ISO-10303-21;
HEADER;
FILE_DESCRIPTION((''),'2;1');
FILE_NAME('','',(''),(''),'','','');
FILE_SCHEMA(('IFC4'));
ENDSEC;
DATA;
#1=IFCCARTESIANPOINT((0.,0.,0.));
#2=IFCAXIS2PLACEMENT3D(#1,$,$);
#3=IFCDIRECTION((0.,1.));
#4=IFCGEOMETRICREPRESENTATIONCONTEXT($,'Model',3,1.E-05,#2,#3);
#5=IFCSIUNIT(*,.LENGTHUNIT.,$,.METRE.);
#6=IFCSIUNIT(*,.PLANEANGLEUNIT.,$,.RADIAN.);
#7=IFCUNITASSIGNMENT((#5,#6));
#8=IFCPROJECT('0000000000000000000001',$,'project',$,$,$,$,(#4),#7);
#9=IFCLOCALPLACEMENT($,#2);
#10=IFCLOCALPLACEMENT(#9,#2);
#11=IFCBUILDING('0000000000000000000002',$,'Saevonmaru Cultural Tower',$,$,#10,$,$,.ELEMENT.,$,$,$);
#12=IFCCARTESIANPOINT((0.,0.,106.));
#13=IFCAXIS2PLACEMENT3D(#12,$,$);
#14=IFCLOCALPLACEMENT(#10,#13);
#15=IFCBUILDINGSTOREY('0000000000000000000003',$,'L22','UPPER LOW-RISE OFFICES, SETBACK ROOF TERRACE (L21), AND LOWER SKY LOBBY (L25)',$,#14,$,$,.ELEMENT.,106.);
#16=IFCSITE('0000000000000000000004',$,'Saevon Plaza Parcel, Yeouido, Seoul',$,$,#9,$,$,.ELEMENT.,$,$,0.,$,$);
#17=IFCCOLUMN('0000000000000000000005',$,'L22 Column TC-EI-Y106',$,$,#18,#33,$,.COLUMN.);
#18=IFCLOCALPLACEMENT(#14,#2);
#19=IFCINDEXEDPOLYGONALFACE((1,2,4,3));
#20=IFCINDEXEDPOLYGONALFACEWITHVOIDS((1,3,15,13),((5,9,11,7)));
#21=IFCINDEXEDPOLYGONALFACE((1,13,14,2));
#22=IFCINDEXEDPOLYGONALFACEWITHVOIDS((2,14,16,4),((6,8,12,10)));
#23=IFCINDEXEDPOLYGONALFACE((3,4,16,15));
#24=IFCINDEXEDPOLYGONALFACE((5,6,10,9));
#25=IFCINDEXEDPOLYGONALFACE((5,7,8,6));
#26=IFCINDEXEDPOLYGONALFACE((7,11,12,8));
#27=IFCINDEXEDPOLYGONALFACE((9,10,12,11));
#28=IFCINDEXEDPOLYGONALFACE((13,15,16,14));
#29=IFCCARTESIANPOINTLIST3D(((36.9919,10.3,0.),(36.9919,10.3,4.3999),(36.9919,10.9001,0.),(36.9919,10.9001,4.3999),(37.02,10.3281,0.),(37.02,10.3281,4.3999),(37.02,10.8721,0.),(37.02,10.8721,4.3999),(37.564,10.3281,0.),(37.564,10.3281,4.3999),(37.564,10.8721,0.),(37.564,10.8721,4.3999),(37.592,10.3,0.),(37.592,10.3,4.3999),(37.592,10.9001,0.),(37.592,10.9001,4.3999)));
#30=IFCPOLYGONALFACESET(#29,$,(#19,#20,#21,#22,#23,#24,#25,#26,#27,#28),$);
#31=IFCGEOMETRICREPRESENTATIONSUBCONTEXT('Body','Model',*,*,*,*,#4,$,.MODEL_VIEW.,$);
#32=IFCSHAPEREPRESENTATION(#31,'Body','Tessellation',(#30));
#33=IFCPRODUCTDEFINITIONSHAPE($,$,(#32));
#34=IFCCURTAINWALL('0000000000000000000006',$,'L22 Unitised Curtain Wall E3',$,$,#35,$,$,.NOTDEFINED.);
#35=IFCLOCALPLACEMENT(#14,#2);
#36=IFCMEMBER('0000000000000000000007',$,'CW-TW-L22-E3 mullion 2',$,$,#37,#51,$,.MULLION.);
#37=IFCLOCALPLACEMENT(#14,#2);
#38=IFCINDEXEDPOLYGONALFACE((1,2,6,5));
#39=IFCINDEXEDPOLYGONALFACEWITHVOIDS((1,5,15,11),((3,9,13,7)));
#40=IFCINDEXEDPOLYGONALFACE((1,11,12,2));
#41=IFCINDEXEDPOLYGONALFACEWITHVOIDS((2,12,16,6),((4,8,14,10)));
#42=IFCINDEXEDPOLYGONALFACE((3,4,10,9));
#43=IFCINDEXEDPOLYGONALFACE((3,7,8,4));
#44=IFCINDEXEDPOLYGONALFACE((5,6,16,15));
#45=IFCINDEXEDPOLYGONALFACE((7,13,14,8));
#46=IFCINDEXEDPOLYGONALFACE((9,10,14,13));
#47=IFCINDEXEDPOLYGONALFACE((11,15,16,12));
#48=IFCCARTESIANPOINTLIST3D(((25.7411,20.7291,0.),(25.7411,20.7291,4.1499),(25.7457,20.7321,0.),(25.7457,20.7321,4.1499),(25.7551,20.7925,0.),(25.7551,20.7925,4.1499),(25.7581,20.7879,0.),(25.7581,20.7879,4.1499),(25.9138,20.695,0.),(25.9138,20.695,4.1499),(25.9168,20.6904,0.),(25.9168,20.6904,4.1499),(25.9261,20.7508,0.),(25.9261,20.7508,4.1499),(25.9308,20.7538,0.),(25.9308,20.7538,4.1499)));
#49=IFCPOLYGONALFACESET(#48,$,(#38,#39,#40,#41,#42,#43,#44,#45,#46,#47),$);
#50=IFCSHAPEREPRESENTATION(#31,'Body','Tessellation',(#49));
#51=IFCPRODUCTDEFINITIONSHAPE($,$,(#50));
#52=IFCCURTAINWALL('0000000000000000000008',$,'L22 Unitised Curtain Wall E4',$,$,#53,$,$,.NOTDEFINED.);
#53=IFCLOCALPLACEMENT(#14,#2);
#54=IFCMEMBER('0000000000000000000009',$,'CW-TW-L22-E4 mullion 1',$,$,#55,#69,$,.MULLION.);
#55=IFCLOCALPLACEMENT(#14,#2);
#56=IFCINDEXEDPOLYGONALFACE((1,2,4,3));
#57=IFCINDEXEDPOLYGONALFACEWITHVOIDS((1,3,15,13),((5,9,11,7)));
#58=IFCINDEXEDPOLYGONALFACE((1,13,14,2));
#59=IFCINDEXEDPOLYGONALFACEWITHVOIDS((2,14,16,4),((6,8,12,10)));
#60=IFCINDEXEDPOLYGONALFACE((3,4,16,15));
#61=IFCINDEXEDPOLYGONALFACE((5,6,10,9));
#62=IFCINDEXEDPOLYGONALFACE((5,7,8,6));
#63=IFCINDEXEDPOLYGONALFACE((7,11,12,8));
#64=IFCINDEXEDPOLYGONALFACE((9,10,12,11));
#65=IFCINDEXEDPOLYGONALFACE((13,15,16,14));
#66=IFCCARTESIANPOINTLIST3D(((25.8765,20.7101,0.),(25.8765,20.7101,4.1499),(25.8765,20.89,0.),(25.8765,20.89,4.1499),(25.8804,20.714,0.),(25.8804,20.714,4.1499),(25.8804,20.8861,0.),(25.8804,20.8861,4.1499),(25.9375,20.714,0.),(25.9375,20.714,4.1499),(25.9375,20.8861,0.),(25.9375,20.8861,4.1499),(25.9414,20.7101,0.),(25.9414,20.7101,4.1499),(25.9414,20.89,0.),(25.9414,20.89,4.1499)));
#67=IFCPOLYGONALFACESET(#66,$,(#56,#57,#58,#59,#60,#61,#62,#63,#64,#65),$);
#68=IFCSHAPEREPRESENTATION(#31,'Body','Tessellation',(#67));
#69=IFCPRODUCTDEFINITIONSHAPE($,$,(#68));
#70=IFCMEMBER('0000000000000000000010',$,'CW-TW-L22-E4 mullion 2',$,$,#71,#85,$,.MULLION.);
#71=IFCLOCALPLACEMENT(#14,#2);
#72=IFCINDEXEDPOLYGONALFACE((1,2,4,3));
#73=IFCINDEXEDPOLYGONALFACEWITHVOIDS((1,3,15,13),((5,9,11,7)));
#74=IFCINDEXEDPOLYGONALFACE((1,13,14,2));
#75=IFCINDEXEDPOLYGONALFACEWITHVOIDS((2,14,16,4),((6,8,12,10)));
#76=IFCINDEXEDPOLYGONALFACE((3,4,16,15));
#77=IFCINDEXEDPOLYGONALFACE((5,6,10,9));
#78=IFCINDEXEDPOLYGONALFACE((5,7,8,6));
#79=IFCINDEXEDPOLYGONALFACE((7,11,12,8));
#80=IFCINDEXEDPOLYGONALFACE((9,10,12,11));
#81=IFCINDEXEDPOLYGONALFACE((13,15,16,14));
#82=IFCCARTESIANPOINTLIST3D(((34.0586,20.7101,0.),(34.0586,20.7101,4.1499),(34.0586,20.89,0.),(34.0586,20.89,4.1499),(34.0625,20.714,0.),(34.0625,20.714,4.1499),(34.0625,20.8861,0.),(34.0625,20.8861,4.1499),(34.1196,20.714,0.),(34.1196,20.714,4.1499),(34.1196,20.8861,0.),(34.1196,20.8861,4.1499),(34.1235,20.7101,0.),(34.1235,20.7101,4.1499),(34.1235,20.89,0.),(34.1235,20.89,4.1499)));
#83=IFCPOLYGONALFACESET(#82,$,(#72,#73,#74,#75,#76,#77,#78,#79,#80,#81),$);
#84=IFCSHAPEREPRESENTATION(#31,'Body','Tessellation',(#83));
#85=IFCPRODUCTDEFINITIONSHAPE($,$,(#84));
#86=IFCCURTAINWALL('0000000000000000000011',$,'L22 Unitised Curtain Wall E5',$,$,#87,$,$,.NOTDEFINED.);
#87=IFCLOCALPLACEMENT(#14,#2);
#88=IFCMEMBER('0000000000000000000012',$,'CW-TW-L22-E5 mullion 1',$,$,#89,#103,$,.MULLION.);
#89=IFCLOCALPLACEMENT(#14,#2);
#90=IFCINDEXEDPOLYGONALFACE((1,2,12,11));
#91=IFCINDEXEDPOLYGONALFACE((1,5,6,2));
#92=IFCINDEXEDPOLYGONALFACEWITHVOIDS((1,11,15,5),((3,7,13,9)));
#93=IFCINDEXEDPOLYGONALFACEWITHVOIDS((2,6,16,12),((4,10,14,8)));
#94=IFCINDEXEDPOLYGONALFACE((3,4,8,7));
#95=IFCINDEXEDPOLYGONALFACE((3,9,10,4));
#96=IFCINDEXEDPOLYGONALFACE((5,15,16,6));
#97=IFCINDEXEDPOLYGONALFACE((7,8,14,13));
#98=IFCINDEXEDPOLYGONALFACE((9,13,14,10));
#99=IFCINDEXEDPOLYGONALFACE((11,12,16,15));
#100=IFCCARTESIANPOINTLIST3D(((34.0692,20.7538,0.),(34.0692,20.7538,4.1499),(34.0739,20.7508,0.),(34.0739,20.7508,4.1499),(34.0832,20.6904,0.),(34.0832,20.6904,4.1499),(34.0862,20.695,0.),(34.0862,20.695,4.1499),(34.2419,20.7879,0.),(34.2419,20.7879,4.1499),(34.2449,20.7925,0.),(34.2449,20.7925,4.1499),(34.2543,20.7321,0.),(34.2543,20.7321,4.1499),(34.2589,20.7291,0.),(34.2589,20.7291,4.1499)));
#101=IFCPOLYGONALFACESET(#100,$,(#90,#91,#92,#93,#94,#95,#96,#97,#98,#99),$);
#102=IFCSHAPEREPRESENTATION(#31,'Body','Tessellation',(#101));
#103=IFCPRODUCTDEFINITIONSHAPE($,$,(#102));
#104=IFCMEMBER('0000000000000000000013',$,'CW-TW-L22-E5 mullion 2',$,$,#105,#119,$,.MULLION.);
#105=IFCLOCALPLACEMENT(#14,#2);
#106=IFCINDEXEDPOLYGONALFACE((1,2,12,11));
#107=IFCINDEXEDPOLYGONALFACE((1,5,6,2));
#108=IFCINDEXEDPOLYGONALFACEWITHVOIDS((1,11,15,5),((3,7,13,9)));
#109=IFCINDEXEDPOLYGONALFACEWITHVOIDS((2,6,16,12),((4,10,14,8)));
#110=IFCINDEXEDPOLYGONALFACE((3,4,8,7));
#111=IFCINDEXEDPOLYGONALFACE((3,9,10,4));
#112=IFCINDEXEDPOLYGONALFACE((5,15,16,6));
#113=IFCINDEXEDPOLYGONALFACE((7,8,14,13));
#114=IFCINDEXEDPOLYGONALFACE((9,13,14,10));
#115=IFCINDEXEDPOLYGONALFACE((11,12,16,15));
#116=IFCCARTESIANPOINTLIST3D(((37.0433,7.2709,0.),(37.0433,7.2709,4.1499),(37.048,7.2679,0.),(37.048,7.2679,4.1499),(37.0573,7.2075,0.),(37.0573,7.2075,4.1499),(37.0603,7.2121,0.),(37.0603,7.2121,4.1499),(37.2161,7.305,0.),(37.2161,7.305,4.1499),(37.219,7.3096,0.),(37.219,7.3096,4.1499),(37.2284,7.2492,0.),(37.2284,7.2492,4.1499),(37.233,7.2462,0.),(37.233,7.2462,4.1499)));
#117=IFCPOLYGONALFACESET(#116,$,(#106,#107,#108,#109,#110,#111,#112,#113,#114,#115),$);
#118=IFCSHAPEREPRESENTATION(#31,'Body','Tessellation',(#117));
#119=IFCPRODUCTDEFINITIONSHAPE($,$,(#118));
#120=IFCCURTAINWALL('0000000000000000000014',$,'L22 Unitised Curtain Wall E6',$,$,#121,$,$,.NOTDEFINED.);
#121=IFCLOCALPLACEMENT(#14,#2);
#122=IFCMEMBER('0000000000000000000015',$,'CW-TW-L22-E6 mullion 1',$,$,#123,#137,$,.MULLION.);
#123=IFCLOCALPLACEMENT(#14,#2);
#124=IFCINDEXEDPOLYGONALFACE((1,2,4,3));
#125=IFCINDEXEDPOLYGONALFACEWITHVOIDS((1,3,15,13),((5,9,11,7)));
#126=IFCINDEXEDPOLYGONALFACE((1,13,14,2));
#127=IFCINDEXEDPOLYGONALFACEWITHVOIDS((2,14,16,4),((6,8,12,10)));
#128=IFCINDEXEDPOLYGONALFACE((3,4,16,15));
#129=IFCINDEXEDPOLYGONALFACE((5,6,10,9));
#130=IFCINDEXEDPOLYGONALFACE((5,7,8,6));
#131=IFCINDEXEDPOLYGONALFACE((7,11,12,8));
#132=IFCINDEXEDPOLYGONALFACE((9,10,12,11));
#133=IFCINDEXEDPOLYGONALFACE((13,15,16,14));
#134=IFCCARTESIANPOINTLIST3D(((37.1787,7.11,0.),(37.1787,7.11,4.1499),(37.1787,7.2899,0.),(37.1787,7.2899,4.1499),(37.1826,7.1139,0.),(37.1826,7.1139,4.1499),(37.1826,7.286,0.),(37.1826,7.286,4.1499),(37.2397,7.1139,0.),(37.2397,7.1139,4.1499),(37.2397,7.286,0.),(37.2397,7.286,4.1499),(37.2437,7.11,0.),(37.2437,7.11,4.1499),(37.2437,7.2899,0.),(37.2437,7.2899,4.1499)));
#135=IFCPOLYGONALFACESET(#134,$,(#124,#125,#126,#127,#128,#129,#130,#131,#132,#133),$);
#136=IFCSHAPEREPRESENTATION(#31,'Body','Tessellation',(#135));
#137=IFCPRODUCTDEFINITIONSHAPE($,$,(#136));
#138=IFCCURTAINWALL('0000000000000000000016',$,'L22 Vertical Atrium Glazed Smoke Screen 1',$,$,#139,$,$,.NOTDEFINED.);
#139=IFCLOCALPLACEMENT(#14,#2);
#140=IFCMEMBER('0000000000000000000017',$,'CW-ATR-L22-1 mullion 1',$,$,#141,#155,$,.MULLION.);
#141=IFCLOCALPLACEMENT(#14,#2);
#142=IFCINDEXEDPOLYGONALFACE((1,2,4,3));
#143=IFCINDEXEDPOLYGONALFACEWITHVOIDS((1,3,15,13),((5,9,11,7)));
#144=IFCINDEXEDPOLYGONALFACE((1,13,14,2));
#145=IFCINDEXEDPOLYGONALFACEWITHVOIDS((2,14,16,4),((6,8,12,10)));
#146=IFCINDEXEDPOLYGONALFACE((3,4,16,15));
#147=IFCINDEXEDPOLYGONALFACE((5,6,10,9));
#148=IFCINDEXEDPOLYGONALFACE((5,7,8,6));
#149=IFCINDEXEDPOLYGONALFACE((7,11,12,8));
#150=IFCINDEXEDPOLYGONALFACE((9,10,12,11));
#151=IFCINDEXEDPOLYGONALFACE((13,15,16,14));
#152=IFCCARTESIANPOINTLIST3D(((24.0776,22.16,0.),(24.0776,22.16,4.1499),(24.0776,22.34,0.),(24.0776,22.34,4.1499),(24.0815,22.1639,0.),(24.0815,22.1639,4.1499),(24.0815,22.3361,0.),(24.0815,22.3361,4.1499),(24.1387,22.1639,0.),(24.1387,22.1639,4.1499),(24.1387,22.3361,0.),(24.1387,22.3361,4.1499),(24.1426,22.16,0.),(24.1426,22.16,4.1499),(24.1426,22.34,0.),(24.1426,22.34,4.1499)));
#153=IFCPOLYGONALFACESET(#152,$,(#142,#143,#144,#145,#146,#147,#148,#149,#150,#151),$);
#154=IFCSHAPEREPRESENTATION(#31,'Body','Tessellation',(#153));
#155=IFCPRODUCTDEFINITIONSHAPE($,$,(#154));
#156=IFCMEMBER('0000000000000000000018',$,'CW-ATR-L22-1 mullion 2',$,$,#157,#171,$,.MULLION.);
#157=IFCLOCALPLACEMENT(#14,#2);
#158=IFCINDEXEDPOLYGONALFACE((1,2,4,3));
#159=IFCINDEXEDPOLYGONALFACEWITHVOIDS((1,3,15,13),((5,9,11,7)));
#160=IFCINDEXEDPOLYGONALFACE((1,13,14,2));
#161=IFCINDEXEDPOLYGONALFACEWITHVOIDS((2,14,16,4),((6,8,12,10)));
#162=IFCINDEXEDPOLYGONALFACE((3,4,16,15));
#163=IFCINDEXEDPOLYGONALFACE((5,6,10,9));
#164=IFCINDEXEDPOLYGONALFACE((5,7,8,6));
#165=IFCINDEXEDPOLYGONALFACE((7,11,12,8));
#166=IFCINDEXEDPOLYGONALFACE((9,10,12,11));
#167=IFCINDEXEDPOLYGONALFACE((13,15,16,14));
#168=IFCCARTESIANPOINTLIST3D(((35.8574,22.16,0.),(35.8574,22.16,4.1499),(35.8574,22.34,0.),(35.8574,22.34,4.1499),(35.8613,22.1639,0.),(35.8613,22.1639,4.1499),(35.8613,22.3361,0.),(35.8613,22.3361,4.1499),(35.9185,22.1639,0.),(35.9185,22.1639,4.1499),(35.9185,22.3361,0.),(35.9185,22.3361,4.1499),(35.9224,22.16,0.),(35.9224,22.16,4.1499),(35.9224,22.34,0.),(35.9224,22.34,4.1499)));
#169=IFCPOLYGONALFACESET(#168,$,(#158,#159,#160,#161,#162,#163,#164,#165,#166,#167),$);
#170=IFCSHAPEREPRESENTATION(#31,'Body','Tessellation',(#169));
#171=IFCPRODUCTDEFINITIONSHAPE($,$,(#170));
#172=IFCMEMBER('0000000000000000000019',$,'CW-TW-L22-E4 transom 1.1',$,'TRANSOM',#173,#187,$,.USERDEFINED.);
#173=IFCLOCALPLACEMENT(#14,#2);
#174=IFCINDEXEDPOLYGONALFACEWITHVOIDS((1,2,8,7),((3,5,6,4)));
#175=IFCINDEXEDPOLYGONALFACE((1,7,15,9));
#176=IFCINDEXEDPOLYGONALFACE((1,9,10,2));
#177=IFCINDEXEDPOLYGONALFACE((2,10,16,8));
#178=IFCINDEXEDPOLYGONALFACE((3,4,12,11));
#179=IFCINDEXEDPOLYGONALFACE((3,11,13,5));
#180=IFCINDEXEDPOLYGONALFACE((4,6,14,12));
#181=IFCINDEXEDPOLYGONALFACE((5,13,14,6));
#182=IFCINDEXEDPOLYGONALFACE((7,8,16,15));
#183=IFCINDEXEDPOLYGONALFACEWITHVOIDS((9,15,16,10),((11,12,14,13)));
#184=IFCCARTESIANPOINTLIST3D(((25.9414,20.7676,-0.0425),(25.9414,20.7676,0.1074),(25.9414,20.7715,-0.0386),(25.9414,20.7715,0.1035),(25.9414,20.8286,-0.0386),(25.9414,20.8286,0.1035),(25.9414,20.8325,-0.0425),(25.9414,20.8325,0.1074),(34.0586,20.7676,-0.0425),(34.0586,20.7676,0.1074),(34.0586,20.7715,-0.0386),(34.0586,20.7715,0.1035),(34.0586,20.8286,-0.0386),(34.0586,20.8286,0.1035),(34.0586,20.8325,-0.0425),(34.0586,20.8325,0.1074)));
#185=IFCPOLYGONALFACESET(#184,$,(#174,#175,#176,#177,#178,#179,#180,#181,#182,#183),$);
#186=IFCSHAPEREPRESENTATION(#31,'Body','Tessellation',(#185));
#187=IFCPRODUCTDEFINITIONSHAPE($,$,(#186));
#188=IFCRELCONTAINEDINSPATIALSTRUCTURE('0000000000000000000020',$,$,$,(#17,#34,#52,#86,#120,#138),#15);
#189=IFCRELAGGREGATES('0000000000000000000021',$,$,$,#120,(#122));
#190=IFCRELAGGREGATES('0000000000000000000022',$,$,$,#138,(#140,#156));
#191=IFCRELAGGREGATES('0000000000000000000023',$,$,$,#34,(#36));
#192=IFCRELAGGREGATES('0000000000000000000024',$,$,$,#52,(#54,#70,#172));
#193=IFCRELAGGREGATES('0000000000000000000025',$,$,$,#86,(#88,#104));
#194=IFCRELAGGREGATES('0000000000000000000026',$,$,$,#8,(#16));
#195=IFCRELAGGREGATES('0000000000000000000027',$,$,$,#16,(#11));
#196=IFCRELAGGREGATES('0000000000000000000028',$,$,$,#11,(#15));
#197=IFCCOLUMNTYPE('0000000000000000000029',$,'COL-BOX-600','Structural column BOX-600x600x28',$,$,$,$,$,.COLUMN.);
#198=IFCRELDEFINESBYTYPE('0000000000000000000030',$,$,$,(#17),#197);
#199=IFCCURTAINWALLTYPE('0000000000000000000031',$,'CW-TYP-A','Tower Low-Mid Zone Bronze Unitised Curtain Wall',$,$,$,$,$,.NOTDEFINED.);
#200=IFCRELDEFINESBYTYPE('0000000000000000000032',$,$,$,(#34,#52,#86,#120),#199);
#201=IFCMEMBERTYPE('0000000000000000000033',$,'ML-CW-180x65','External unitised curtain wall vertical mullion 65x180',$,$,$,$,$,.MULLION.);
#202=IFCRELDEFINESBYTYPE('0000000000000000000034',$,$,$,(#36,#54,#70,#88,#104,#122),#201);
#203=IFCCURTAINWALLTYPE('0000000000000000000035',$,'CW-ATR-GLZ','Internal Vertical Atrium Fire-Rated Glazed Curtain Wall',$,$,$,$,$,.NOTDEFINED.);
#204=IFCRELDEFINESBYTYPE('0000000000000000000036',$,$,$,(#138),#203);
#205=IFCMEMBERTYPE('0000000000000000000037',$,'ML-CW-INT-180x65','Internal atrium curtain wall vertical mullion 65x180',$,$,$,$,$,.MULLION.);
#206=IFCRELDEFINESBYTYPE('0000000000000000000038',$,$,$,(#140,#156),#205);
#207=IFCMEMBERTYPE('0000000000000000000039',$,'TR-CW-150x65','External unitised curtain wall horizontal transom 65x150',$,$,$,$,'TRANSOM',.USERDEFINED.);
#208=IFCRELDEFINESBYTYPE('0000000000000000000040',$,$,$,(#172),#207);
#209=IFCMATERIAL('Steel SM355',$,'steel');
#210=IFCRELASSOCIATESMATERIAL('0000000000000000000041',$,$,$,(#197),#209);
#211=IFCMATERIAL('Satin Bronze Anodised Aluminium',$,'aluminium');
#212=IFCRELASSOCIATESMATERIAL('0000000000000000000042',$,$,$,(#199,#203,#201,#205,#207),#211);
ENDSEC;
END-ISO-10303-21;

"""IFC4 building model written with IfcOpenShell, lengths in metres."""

from ifc_helpers import new_model, si_unit, direction, frame, origin, origin_2d, place, context, subcontext, project, spatial, hollow_rectangle, extrude, material, material_profile, profile_set, type_object, element, aggregate, save


model = new_model("IFC4")

# Units and contexts
model_context = context("Model", 3, precision=1e-05, world=origin(), true_north=direction((0.0, 1.0)))
body_context = subcontext(model_context, "Body", "Model", "MODEL_VIEW")
ifc_project = project(units=[si_unit("LENGTHUNIT", "METRE"), si_unit("PLANEANGLEUNIT", "RADIAN")], contexts=[model_context])

# Site, building, storey
site_placement = place(None, origin())
site = spatial("IfcSite", under=ifc_project, at=site_placement, Name="Saevon Plaza Parcel, Yeouido, Seoul", CompositionType="ELEMENT", RefElevation=0.0)
building_placement = place(site_placement, origin())
building = spatial("IfcBuilding", under=site, at=building_placement, Name="Saevonmaru Cultural Tower", CompositionType="ELEMENT")
storey_placement = place(building_placement, frame((0.0, 0.0, 106.0)))
storey = spatial("IfcBuildingStorey", under=building, at=storey_placement, Name="L22", Description="UPPER LOW-RISE OFFICES, SETBACK ROOF TERRACE (L21), AND LOWER SKY LOBBY (L25)", CompositionType="ELEMENT", Elevation=106.0)

# Column
ifc_material_1 = material(Name="Steel SM355", Category="steel")
ifc_material_profile_1 = material_profile(ifc_material_1, hollow_rectangle(XDim=0.6001, YDim=0.6001, WallThickness=0.0281, at=origin_2d()), Name="BOX-600x600x28")
ifc_profile_set_1 = profile_set([ifc_material_profile_1], Name="Steel SM355")
column_type = type_object("IfcColumnType", Name="COL-BOX-600", Description="Structural column BOX-600x600x28", PredefinedType="COLUMN", material=ifc_profile_set_1)
column_placement = place(storey_placement, frame((37.292, 10.6001, 0.0), z_axis=(0.0, 0.0, 1.0), x_axis=(1.0, 0.0, 0.0)))
element("IfcColumn", 1, at=column_placement, inside=storey, type_object=column_type, Name="L22 Column TC-EI-Y106", PredefinedType="COLUMN", context=body_context, shape_type="SweptSolid", body=[
    extrude(hollow_rectangle(XDim=0.6001, YDim=0.6001, WallThickness=0.0281, at=origin_2d()), origin(), (0.0, 0.0, 1.0), 4.3999),
])

# Curtain wall, member
ifc_material_2 = material(Name="Satin Bronze Anodised Aluminium", Category="aluminium")
curtain_wall_type_1 = type_object("IfcCurtainWallType", Name="CW-TYP-A", Description="Tower Low-Mid Zone Bronze Unitised Curtain Wall", PredefinedType="NOTDEFINED", material=ifc_material_2)
curtain_wall_1_placement = place(storey_placement, origin())
curtain_wall_1 = element("IfcCurtainWall", 2, at=curtain_wall_1_placement, inside=storey, type_object=curtain_wall_type_1, Name="L22 Unitised Curtain Wall E3", PredefinedType="NOTDEFINED")
ifc_material_profile_2 = material_profile(ifc_material_2, hollow_rectangle(XDim=0.0649, YDim=0.1799, WallThickness=0.0039, at=origin_2d()), Name="ALU-MULL-180x65x4")
ifc_profile_set_2 = profile_set([ifc_material_profile_2], Name="Satin Bronze Anodised Aluminium")
member_type_1 = type_object("IfcMemberType", Name="ML-CW-180x65", Description="External unitised curtain wall vertical mullion 65x180", PredefinedType="MULLION", material=ifc_profile_set_2)
member_1_placement = place(storey_placement, frame((25.8359, 20.7415, 0.0), z_axis=(0.0, 0.0, 1.0), x_axis=(0.215413, 0.976523, 0.0)))
member_1 = element("IfcMember", 3, at=member_1_placement, type_object=member_type_1, Name="CW-TW-L22-E3 mullion 2", PredefinedType="MULLION", context=body_context, shape_type="SweptSolid", body=[
    extrude(hollow_rectangle(XDim=0.0649, YDim=0.1799, WallThickness=0.0039, at=origin_2d()), origin(), (0.0, 0.0, 1.0), 4.1499),
])

# Curtain walls, members
curtain_wall_2_placement = place(storey_placement, origin())
curtain_wall_2 = element("IfcCurtainWall", 4, at=curtain_wall_2_placement, inside=storey, type_object=curtain_wall_type_1, Name="L22 Unitised Curtain Wall E4", PredefinedType="NOTDEFINED")
member_2_placement = place(storey_placement, frame((25.9089, 20.8, 0.0), z_axis=(0.0, 0.0, 1.0), x_axis=(1.0, 0.0, 0.0)))
member_2 = element("IfcMember", 5, at=member_2_placement, type_object=member_type_1, Name="CW-TW-L22-E4 mullion 1", PredefinedType="MULLION", context=body_context, shape_type="SweptSolid", body=[
    extrude(hollow_rectangle(XDim=0.0649, YDim=0.1799, WallThickness=0.0039, at=origin_2d()), origin(), (0.0, 0.0, 1.0), 4.1499),
])
member_3_placement = place(storey_placement, frame((34.0911, 20.8, 0.0), z_axis=(0.0, 0.0, 1.0), x_axis=(1.0, 0.0, 0.0)))
member_3 = element("IfcMember", 6, at=member_3_placement, type_object=member_type_1, Name="CW-TW-L22-E4 mullion 2", PredefinedType="MULLION", context=body_context, shape_type="SweptSolid", body=[
    extrude(hollow_rectangle(XDim=0.0649, YDim=0.1799, WallThickness=0.0039, at=origin_2d()), origin(), (0.0, 0.0, 1.0), 4.1499),
])
curtain_wall_3_placement = place(storey_placement, origin())
curtain_wall_3 = element("IfcCurtainWall", 7, at=curtain_wall_3_placement, inside=storey, type_object=curtain_wall_type_1, Name="L22 Unitised Curtain Wall E5", PredefinedType="NOTDEFINED")
member_4_placement = place(storey_placement, frame((34.1641, 20.7415, 0.0), z_axis=(0.0, 0.0, 1.0), x_axis=(0.215413, -0.976523, 0.0)))
member_4 = element("IfcMember", 8, at=member_4_placement, type_object=member_type_1, Name="CW-TW-L22-E5 mullion 1", PredefinedType="MULLION", context=body_context, shape_type="SweptSolid", body=[
    extrude(hollow_rectangle(XDim=0.0649, YDim=0.1799, WallThickness=0.0039, at=origin_2d()), origin(), (0.0, 0.0, 1.0), 4.1499),
])
member_5_placement = place(storey_placement, frame((37.1382, 7.2585, 0.0), z_axis=(0.0, 0.0, 1.0), x_axis=(0.215413, -0.976523, 0.0)))
member_5 = element("IfcMember", 9, at=member_5_placement, type_object=member_type_1, Name="CW-TW-L22-E5 mullion 2", PredefinedType="MULLION", context=body_context, shape_type="SweptSolid", body=[
    extrude(hollow_rectangle(XDim=0.0649, YDim=0.1799, WallThickness=0.0039, at=origin_2d()), origin(), (0.0, 0.0, 1.0), 4.1499),
])

# Curtain wall, member
curtain_wall_4_placement = place(storey_placement, origin())
curtain_wall_4 = element("IfcCurtainWall", 10, at=curtain_wall_4_placement, inside=storey, type_object=curtain_wall_type_1, Name="L22 Unitised Curtain Wall E6", PredefinedType="NOTDEFINED")
member_6_placement = place(storey_placement, frame((37.2112, 7.2, 0.0), z_axis=(0.0, 0.0, 1.0), x_axis=(1.0, 0.0, 0.0)))
member_6 = element("IfcMember", 11, at=member_6_placement, type_object=member_type_1, Name="CW-TW-L22-E6 mullion 1", PredefinedType="MULLION", context=body_context, shape_type="SweptSolid", body=[
    extrude(hollow_rectangle(XDim=0.0649, YDim=0.1799, WallThickness=0.0039, at=origin_2d()), origin(), (0.0, 0.0, 1.0), 4.1499),
])

# Curtain wall, members
curtain_wall_type_2 = type_object("IfcCurtainWallType", Name="CW-ATR-GLZ", Description="Internal Vertical Atrium Fire-Rated Glazed Curtain Wall", PredefinedType="NOTDEFINED", material=ifc_material_2)
curtain_wall_5_placement = place(storey_placement, origin())
curtain_wall_5 = element("IfcCurtainWall", 12, at=curtain_wall_5_placement, inside=storey, type_object=curtain_wall_type_2, Name="L22 Vertical Atrium Glazed Smoke Screen 1", PredefinedType="NOTDEFINED")
ifc_material_profile_3 = material_profile(ifc_material_2, hollow_rectangle(XDim=0.0649, YDim=0.1799, WallThickness=0.0039, at=origin_2d()), Name="ALU-MULL-180x65x4")
ifc_profile_set_3 = profile_set([ifc_material_profile_3], Name="Satin Bronze Anodised Aluminium")
member_type_2 = type_object("IfcMemberType", Name="ML-CW-INT-180x65", Description="Internal atrium curtain wall vertical mullion 65x180", PredefinedType="MULLION", material=ifc_profile_set_3)
member_7_placement = place(storey_placement, frame((24.1101, 22.25, 0.0), z_axis=(0.0, 0.0, 1.0), x_axis=(1.0, 0.0, 0.0)))
member_7 = element("IfcMember", 13, at=member_7_placement, type_object=member_type_2, Name="CW-ATR-L22-1 mullion 1", PredefinedType="MULLION", context=body_context, shape_type="SweptSolid", body=[
    extrude(hollow_rectangle(XDim=0.0649, YDim=0.1799, WallThickness=0.0039, at=origin_2d()), origin(), (0.0, 0.0, 1.0), 4.1499),
])
member_8_placement = place(storey_placement, frame((35.8899, 22.25, 0.0), z_axis=(0.0, 0.0, 1.0), x_axis=(1.0, 0.0, 0.0)))
member_8 = element("IfcMember", 14, at=member_8_placement, type_object=member_type_2, Name="CW-ATR-L22-1 mullion 2", PredefinedType="MULLION", context=body_context, shape_type="SweptSolid", body=[
    extrude(hollow_rectangle(XDim=0.0649, YDim=0.1799, WallThickness=0.0039, at=origin_2d()), origin(), (0.0, 0.0, 1.0), 4.1499),
])

# Member
ifc_material_profile_4 = material_profile(ifc_material_2, hollow_rectangle(XDim=0.0649, YDim=0.1499, WallThickness=0.0039, at=origin_2d()), Name="ALU-TRAN-150x65x4")
ifc_profile_set_4 = profile_set([ifc_material_profile_4], Name="Satin Bronze Anodised Aluminium")
member_type_3 = type_object("IfcMemberType", Name="TR-CW-150x65", Description="External unitised curtain wall horizontal transom 65x150", ElementType="TRANSOM", PredefinedType="USERDEFINED", material=ifc_profile_set_4)
member_9_placement = place(storey_placement, frame((25.9414, 20.8, 0.0325), z_axis=(1.0, 0.0, 0.0), x_axis=(0.0, 1.0, 0.0)))
member_9 = element("IfcMember", 15, at=member_9_placement, type_object=member_type_3, Name="CW-TW-L22-E4 transom 1.1", ObjectType="TRANSOM", PredefinedType="USERDEFINED", context=body_context, shape_type="SweptSolid", body=[
    extrude(hollow_rectangle(XDim=0.0649, YDim=0.1499, WallThickness=0.0039, at=origin_2d()), origin(), (0.0, 0.0, 1.0), 8.1172),
])
aggregate(curtain_wall_4, [member_6])

aggregate(curtain_wall_5, [member_7, member_8])
aggregate(curtain_wall_1, [member_1])
aggregate(curtain_wall_2, [member_2, member_3, member_9])
aggregate(curtain_wall_3, [member_4, member_5])

save(model, "model.ifc")
